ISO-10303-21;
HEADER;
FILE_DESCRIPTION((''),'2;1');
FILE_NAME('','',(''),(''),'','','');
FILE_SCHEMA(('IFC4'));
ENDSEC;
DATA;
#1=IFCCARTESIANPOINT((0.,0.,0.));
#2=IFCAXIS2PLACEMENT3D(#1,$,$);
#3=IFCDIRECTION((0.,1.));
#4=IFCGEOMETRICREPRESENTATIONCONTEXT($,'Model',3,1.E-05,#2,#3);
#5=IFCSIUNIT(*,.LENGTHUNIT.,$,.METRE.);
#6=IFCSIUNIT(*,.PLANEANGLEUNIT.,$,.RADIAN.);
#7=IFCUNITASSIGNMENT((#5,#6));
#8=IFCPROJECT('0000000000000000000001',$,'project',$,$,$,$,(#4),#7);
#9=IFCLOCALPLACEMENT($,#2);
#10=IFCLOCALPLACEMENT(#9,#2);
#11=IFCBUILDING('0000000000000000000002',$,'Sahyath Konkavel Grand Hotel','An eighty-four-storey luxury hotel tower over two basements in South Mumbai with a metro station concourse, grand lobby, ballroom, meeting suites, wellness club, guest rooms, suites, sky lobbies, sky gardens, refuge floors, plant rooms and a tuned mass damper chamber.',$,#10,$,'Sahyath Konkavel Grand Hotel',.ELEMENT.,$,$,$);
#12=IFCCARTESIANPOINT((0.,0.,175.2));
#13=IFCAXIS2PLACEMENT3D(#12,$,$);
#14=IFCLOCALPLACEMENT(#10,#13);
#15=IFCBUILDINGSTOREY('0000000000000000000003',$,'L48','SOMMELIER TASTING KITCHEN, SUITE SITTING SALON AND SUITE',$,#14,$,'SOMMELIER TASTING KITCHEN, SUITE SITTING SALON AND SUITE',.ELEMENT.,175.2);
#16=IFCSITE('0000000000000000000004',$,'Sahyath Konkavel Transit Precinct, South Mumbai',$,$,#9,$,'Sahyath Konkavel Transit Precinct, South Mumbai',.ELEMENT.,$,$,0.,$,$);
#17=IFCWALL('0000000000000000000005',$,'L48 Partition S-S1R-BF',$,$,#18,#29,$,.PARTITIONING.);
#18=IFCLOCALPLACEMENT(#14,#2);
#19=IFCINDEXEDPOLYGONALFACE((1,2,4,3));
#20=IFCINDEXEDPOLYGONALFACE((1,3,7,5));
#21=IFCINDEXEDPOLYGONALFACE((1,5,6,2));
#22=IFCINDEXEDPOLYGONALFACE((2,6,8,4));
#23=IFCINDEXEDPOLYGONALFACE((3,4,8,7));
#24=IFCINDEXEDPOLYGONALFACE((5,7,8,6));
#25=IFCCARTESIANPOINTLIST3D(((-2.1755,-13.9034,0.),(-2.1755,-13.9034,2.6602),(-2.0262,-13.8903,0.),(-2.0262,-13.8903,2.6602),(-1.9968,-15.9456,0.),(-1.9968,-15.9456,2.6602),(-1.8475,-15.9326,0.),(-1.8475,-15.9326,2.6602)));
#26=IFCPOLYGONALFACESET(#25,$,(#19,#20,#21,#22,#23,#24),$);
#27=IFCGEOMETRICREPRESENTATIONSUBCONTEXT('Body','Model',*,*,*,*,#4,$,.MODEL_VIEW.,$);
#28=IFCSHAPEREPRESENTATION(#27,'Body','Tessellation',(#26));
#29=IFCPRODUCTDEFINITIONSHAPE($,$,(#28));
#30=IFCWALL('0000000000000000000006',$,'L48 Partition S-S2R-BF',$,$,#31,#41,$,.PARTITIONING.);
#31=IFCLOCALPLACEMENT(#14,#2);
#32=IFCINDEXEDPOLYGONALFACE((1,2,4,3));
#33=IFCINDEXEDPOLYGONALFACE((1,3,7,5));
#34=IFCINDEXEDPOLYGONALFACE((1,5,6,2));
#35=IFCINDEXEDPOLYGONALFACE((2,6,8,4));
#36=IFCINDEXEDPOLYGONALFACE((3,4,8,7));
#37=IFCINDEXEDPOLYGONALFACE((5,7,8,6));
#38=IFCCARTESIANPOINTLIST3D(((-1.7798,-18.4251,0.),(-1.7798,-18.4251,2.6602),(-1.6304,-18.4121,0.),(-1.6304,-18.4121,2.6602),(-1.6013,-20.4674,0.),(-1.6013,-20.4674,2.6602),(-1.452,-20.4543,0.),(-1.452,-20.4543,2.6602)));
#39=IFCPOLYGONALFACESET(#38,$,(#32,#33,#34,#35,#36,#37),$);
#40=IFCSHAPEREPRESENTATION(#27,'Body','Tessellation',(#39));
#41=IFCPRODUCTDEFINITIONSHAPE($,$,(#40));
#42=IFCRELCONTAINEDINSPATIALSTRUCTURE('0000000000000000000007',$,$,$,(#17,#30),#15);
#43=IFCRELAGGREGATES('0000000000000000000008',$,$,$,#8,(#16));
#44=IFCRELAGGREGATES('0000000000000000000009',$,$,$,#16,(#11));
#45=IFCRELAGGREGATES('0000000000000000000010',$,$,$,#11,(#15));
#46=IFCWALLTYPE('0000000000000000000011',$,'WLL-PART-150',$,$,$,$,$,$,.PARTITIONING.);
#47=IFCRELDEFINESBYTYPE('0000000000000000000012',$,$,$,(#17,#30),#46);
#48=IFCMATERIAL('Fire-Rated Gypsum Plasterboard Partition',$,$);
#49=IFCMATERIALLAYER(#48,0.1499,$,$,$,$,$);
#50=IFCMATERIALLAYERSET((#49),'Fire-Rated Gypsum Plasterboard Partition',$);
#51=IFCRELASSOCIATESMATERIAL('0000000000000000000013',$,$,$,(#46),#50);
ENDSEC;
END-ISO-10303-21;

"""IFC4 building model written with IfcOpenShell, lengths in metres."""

from ifc_helpers import new_model, si_unit, direction, frame, frame_2d, origin, place, context, subcontext, project, spatial, rectangle, extrude, material, layer, layer_set, type_object, element, save


model = new_model("IFC4")

# Units and contexts
model_context = context("Model", 3, precision=1e-05, world=origin(), true_north=direction((0.0, 1.0)))
body_context = subcontext(model_context, "Body", "Model", "MODEL_VIEW")
ifc_project = project(units=[si_unit("LENGTHUNIT", "METRE"), si_unit("PLANEANGLEUNIT", "RADIAN")], contexts=[model_context])

# Site, building, storey
site_placement = place(None, origin())
site = spatial("IfcSite", under=ifc_project, at=site_placement, Name="Sahyath Konkavel Transit Precinct, South Mumbai", LongName="Sahyath Konkavel Transit Precinct, South Mumbai", CompositionType="ELEMENT", RefElevation=0.0)
building_placement = place(site_placement, origin())
building = spatial("IfcBuilding", under=site, at=building_placement, Name="Sahyath Konkavel Grand Hotel", Description="An eighty-four-storey luxury hotel tower over two basements in South Mumbai with a metro station concourse, grand lobby, ballroom, meeting suites, wellness club, guest rooms, suites, sky lobbies, sky gardens, refuge floors, plant rooms and a tuned mass damper chamber.", LongName="Sahyath Konkavel Grand Hotel", CompositionType="ELEMENT")
storey_placement = place(building_placement, frame((0.0, 0.0, 175.2)))
storey = spatial("IfcBuildingStorey", under=building, at=storey_placement, Name="L48", Description="SOMMELIER TASTING KITCHEN, SUITE SITTING SALON AND SUITE", LongName="SOMMELIER TASTING KITCHEN, SUITE SITTING SALON AND SUITE", CompositionType="ELEMENT", Elevation=175.2)

# Walls
ifc_material_1 = material(Name="Fire-Rated Gypsum Plasterboard Partition")
ifc_layer_1 = layer(ifc_material_1, 0.1499)
ifc_layer_set_1 = layer_set([ifc_layer_1], Name="Fire-Rated Gypsum Plasterboard Partition")
wall_type_1 = type_object("IfcWallType", Name="WLL-PART-150", PredefinedType="PARTITIONING", material=ifc_layer_set_1)
for number, where, z_axis, x_axis, name in (
    (1, (-2.1008, -13.897, 0.0), (0.0, 0.0, 1.0), (0.087174, -0.996193, 0.0), "L48 Partition S-S1R-BF"),
    (2, (-1.7051, -18.4187, 0.0), (0.0, 0.0, 1.0), (0.087056, -0.996203, 0.0), "L48 Partition S-S2R-BF"),
):
    element("IfcWall", number, at=place(storey_placement, frame(where, z_axis=z_axis, x_axis=x_axis)), inside=storey, type_object=wall_type_1, Name=name, PredefinedType="PARTITIONING", context=body_context, shape_type="SweptSolid", body=[
        extrude(rectangle(XDim=2.05, YDim=0.1499, at=frame_2d((1.0249, 0.0))), origin(), (0.0, 0.0, 1.0), 2.6602),
    ])

save(model, "model.ifc")
